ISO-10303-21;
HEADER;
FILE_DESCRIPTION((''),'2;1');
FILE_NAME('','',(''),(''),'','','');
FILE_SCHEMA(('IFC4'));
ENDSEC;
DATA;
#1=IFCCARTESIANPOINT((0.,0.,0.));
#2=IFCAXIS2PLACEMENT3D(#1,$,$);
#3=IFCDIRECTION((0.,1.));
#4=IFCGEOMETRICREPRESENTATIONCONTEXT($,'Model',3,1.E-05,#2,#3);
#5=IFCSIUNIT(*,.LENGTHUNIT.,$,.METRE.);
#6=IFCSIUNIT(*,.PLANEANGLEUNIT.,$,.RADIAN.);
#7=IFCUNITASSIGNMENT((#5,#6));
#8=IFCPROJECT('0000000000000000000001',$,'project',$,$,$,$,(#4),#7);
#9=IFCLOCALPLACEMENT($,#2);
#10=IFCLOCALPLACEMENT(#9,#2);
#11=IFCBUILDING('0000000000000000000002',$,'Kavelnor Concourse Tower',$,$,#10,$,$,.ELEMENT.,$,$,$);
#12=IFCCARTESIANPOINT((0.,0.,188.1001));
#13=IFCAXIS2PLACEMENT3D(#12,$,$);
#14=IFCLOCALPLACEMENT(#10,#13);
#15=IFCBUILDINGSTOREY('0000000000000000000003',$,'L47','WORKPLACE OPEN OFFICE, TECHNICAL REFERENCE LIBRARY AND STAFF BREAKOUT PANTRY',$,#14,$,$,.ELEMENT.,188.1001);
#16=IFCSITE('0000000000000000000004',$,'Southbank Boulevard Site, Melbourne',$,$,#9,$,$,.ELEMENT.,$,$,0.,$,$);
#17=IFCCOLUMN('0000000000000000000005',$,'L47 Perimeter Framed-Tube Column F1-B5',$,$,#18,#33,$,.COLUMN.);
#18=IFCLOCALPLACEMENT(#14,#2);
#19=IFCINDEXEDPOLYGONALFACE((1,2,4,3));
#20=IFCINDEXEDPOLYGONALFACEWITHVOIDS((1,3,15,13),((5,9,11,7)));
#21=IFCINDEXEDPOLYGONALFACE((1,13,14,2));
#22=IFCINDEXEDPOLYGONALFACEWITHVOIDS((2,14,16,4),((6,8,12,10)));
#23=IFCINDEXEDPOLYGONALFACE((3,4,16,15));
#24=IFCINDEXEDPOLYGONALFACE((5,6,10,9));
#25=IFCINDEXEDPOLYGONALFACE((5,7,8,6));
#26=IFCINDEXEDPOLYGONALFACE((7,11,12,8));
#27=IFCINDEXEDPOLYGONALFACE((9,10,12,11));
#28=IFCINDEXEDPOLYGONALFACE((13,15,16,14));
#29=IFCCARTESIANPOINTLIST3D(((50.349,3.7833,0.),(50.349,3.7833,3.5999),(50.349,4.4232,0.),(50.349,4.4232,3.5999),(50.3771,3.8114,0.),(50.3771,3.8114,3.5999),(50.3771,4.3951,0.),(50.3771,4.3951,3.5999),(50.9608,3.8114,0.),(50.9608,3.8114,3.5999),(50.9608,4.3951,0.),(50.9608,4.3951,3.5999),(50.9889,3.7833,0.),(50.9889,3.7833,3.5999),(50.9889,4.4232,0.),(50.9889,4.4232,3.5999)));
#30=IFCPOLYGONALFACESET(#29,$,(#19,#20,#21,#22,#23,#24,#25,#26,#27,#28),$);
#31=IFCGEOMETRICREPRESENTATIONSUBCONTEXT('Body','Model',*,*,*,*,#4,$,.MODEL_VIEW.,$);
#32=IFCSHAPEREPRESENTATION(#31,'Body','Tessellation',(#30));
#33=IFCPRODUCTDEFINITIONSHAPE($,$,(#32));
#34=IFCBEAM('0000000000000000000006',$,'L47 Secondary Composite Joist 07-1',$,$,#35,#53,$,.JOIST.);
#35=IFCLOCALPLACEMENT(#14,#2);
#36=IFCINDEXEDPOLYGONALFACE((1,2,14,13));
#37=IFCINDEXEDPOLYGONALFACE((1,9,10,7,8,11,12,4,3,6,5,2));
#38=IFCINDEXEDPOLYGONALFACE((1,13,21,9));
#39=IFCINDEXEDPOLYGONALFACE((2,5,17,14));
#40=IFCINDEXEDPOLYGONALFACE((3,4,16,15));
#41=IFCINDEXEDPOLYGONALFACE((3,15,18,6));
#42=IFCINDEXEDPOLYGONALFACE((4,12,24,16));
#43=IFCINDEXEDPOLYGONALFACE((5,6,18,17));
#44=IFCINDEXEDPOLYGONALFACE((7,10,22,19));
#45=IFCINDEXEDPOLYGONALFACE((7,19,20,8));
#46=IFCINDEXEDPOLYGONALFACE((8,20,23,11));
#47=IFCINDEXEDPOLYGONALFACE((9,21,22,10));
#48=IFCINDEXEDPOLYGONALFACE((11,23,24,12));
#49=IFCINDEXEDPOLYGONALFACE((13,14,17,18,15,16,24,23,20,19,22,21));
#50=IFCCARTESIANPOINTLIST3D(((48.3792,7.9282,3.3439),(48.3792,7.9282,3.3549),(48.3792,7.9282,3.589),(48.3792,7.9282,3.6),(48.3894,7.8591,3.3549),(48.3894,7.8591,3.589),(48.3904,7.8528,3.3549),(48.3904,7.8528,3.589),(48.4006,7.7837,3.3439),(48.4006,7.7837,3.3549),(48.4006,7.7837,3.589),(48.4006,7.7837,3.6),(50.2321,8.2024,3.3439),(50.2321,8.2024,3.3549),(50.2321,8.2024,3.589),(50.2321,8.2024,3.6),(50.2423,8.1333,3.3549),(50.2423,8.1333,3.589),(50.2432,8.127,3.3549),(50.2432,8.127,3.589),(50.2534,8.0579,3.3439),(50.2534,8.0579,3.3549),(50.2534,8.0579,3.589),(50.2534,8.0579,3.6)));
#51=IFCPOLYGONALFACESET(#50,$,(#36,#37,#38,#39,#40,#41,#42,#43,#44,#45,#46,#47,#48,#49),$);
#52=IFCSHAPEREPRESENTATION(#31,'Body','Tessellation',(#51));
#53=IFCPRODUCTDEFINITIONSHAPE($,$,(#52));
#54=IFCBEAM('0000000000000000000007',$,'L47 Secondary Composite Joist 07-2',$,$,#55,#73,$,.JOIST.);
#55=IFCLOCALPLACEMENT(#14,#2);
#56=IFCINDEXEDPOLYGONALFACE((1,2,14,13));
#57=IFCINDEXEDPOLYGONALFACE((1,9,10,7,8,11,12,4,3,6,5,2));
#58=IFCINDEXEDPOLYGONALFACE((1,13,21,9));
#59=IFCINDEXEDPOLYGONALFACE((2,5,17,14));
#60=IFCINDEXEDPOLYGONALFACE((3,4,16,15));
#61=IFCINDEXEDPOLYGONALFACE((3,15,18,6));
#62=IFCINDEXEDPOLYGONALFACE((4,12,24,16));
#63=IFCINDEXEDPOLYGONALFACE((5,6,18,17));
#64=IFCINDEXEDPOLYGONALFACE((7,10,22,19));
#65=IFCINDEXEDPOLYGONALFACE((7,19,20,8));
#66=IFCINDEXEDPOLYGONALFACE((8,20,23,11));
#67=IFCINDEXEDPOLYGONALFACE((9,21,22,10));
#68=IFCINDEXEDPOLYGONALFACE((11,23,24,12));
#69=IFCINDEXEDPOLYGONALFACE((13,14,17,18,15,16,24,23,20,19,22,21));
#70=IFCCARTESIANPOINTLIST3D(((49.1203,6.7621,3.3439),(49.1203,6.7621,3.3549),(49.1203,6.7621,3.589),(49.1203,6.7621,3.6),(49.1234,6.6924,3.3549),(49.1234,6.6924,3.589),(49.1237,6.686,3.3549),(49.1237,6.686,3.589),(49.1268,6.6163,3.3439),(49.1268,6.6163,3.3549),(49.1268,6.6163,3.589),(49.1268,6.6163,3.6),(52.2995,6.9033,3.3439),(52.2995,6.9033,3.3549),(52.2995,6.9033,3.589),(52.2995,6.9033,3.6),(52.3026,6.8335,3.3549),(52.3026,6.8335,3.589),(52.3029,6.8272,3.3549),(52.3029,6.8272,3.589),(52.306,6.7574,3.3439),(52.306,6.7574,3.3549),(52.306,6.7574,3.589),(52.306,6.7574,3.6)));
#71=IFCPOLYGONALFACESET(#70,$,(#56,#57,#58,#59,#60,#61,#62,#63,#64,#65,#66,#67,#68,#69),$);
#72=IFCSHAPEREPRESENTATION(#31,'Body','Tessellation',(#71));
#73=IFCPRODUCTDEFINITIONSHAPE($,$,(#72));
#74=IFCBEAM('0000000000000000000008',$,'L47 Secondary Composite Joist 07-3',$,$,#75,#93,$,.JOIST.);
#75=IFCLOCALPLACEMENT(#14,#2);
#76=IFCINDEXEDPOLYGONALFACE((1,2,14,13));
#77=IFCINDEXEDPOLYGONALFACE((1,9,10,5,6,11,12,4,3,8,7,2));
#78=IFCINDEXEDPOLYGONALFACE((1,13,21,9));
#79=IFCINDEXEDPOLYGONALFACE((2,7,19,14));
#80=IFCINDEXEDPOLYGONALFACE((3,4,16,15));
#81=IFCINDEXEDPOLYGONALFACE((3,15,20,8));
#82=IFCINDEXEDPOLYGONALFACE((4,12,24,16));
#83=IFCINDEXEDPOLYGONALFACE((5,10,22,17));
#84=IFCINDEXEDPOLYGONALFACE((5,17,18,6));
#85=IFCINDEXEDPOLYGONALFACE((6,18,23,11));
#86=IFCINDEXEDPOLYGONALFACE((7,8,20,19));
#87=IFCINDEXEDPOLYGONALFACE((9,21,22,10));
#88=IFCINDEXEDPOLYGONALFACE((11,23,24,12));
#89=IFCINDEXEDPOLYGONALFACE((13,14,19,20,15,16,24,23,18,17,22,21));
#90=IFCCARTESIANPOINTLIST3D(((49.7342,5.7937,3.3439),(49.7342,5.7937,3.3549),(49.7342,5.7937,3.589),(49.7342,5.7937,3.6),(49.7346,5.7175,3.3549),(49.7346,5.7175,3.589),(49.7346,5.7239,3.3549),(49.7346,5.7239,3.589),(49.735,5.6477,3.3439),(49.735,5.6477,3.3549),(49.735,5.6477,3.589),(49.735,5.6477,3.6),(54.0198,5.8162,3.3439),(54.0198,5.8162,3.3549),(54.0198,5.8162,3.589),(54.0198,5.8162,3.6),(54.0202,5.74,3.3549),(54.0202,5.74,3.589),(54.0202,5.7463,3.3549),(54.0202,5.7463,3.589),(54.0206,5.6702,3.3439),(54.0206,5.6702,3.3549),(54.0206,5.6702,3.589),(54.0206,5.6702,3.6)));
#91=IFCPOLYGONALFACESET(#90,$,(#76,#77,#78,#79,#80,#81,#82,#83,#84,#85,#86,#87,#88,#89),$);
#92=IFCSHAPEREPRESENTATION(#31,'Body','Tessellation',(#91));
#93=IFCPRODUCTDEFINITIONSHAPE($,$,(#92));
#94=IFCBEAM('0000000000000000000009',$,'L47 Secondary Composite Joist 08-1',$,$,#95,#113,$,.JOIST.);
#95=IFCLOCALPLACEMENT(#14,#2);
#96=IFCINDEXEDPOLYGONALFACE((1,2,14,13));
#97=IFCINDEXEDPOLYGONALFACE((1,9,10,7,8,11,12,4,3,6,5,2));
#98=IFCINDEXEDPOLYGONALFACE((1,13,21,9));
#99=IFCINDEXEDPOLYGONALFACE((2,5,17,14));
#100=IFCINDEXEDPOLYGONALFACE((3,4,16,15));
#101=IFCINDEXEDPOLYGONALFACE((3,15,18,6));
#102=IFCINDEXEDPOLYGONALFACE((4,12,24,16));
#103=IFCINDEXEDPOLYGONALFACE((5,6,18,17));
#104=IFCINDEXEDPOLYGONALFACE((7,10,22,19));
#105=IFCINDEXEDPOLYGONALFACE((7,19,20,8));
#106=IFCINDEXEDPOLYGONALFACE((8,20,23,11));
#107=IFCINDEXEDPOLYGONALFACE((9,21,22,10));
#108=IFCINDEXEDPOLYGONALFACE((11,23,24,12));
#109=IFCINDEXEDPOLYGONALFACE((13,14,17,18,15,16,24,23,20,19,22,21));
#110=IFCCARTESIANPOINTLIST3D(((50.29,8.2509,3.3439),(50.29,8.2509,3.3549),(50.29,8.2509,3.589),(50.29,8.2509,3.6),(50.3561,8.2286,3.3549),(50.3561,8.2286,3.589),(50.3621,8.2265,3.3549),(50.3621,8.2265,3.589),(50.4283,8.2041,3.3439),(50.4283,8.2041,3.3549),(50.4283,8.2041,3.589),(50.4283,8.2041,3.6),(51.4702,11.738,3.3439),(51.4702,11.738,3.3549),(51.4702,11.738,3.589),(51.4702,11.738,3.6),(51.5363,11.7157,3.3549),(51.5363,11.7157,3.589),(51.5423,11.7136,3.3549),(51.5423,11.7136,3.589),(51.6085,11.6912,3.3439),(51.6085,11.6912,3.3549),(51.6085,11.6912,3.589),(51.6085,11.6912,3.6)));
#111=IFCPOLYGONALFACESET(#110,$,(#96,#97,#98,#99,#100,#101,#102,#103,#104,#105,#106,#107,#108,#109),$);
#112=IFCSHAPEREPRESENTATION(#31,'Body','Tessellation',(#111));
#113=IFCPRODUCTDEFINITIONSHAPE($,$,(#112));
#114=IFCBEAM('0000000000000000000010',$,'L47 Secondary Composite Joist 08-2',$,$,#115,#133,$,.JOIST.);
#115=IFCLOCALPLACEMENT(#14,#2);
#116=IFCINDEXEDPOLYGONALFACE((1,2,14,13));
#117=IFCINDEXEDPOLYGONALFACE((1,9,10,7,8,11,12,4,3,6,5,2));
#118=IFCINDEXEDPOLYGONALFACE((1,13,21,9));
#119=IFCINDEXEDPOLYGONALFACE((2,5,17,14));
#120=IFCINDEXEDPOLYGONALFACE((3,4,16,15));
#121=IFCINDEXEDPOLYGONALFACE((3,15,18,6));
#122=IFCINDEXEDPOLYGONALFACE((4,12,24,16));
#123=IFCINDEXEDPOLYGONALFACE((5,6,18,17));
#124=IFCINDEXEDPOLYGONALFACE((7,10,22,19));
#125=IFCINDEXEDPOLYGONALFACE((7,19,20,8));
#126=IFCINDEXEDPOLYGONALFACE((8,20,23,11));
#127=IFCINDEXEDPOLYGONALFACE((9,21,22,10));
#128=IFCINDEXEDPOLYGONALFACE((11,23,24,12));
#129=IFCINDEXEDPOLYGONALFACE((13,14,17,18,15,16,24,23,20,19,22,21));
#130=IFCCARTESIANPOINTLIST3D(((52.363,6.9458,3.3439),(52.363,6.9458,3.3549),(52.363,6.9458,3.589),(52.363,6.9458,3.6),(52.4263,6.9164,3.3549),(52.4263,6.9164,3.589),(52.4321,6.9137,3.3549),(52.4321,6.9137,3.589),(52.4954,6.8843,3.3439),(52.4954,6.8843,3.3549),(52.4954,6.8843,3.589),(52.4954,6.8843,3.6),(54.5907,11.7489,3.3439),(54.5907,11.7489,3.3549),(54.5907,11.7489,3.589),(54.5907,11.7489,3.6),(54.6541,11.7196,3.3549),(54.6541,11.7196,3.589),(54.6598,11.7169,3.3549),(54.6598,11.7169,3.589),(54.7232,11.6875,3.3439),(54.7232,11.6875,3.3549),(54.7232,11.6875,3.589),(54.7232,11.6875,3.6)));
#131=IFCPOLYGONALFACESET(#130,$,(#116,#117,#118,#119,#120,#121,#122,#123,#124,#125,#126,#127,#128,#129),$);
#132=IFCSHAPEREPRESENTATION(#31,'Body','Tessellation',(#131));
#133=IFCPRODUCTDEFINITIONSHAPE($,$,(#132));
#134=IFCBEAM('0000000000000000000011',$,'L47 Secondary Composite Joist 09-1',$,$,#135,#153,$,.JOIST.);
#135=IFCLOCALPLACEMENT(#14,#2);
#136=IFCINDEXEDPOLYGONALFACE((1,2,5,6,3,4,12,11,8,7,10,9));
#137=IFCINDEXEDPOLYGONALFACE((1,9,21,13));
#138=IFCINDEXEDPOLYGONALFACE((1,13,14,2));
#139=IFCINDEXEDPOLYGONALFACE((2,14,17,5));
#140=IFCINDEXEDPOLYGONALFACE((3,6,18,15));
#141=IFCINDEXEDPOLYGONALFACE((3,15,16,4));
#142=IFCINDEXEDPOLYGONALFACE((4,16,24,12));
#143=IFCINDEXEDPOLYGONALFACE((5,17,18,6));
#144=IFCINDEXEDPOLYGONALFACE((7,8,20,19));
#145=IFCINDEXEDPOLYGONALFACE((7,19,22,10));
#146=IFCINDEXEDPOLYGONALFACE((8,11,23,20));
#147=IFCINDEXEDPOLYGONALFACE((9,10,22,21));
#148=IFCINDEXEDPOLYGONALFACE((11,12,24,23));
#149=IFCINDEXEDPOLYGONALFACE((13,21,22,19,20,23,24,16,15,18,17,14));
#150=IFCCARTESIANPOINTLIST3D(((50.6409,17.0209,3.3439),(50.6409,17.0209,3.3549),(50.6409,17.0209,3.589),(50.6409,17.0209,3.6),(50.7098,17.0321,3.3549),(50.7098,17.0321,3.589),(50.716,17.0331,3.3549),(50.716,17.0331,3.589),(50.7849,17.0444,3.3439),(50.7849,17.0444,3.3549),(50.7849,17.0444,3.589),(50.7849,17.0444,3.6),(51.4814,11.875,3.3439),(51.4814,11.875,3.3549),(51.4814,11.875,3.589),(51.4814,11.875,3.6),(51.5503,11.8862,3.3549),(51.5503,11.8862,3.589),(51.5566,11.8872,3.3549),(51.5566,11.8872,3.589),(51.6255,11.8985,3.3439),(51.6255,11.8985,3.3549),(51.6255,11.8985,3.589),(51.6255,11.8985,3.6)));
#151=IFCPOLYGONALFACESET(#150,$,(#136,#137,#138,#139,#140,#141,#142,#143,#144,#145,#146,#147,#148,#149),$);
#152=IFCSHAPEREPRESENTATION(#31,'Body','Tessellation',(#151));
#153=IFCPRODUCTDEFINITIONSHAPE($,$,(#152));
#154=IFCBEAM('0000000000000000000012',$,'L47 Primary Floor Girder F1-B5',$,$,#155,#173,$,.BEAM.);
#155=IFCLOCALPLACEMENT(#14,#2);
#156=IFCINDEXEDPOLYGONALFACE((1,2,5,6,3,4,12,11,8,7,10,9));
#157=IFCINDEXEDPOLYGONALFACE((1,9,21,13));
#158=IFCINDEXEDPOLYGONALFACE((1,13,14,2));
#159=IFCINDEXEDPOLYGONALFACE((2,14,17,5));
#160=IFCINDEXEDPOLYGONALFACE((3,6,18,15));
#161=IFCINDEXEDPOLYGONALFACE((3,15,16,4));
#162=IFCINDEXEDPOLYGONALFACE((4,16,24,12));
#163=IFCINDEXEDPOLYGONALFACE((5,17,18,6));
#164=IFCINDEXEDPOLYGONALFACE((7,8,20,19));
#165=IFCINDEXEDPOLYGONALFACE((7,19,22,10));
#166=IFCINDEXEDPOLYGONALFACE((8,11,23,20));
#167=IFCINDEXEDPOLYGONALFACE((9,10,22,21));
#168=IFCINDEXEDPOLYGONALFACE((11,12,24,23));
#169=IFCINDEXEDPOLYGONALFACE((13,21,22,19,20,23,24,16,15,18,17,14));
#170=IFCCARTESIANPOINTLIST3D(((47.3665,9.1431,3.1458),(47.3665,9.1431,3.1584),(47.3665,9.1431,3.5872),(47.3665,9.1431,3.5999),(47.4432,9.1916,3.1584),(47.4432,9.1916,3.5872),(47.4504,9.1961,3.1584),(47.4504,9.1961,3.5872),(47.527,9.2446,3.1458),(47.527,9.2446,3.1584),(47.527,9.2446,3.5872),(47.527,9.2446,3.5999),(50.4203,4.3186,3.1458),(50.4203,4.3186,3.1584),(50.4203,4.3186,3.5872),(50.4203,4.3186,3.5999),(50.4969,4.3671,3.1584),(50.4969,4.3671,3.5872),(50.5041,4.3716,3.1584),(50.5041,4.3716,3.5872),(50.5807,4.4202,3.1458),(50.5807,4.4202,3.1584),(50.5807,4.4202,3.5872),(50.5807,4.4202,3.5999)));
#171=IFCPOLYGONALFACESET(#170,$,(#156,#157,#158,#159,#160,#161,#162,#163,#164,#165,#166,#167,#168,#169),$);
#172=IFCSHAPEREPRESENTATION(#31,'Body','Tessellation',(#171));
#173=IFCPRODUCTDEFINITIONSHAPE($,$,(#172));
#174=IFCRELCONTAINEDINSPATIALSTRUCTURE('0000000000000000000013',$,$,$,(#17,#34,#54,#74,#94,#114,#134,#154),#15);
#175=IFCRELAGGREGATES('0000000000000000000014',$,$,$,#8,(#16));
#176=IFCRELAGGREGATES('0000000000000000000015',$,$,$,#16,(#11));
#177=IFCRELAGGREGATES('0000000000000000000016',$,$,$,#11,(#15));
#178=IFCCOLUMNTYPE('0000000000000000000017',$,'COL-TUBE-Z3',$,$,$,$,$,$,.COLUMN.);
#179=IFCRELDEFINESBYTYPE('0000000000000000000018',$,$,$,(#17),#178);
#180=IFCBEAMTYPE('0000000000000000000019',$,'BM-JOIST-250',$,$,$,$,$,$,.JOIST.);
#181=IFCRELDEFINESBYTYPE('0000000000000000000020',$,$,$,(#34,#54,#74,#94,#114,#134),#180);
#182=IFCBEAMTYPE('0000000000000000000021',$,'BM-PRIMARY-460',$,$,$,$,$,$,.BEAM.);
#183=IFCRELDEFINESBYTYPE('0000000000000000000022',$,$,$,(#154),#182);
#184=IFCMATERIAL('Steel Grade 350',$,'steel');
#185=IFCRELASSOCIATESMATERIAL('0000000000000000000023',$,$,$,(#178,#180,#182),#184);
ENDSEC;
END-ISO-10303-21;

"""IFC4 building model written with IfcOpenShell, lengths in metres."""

from ifc_helpers import new_model, si_unit, direction, frame, origin, origin_2d, place, context, subcontext, project, spatial, hollow_rectangle, i_section, extrude, material, material_profile, profile_set, type_object, element, save


model = new_model("IFC4")

# Units and contexts
model_context = context("Model", 3, precision=1e-05, world=origin(), true_north=direction((0.0, 1.0)))
body_context = subcontext(model_context, "Body", "Model", "MODEL_VIEW")
ifc_project = project(units=[si_unit("LENGTHUNIT", "METRE"), si_unit("PLANEANGLEUNIT", "RADIAN")], contexts=[model_context])

# Site, building, storey
site_placement = place(None, origin())
site = spatial("IfcSite", under=ifc_project, at=site_placement, Name="Southbank Boulevard Site, Melbourne", CompositionType="ELEMENT", RefElevation=0.0)
building_placement = place(site_placement, origin())
building = spatial("IfcBuilding", under=site, at=building_placement, Name="Kavelnor Concourse Tower", CompositionType="ELEMENT")
storey_placement = place(building_placement, frame((0.0, 0.0, 188.1001)))
storey = spatial("IfcBuildingStorey", under=building, at=storey_placement, Name="L47", Description="WORKPLACE OPEN OFFICE, TECHNICAL REFERENCE LIBRARY AND STAFF BREAKOUT PANTRY", CompositionType="ELEMENT", Elevation=188.1001)

# Column
ifc_material_1 = material(Name="Steel Grade 350", Category="steel")
ifc_material_profile_1 = material_profile(ifc_material_1, hollow_rectangle(XDim=0.6399, YDim=0.6399, WallThickness=0.0281, at=origin_2d()), Name="SHS 640x640x28")
ifc_profile_set_1 = profile_set([ifc_material_profile_1], Name="Steel Grade 350")
column_type = type_object("IfcColumnType", Name="COL-TUBE-Z3", PredefinedType="COLUMN", material=ifc_profile_set_1)
column_placement = place(storey_placement, frame((50.6689, 4.1033, 0.0), z_axis=(0.0, 0.0, 1.0), x_axis=(1.0, 0.0, 0.0)))
element("IfcColumn", 1, at=column_placement, inside=storey, type_object=column_type, Name="L47 Perimeter Framed-Tube Column F1-B5", PredefinedType="COLUMN", context=body_context, shape_type="SweptSolid", body=[
    extrude(hollow_rectangle(XDim=0.6399, YDim=0.6399, WallThickness=0.0281, at=origin_2d()), origin(), (0.0, 0.0, 1.0), 3.5999),
])

# Beams
ifc_material_profile_2 = material_profile(ifc_material_1, i_section(OverallWidth=0.146, OverallDepth=0.2561, WebThickness=0.0063, FlangeThickness=0.011, at=origin_2d()), Name="250UB37")
ifc_profile_set_2 = profile_set([ifc_material_profile_2], Name="Steel Grade 350")
beam_type_1 = type_object("IfcBeamType", Name="BM-JOIST-250", PredefinedType="JOIST", material=ifc_profile_set_2)
beam_1_placement = place(storey_placement, frame((48.3899, 7.856, 3.4719), z_axis=(0.989228, 0.146383, 0.0), x_axis=(-0.146383, 0.989228, 0.0)))
element("IfcBeam", 2, at=beam_1_placement, inside=storey, type_object=beam_type_1, Name="L47 Secondary Composite Joist 07-1", PredefinedType="JOIST", context=body_context, shape_type="SweptSolid", body=[
    extrude(i_section(OverallWidth=0.146, OverallDepth=0.2561, WebThickness=0.0063, FlangeThickness=0.011, at=origin_2d()), origin(), (0.0, 0.0, 1.0), 1.873),
])
beam_2_placement = place(storey_placement, frame((49.1235, 6.6892, 3.4719), z_axis=(0.999016, 0.044343, 0.0), x_axis=(-0.044343, 0.999016, 0.0)))
element("IfcBeam", 3, at=beam_2_placement, inside=storey, type_object=beam_type_1, Name="L47 Secondary Composite Joist 07-2", PredefinedType="JOIST", context=body_context, shape_type="SweptSolid", body=[
    extrude(i_section(OverallWidth=0.146, OverallDepth=0.2561, WebThickness=0.0063, FlangeThickness=0.011, at=origin_2d()), origin(), (0.0, 0.0, 1.0), 3.1824),
])
beam_3_placement = place(storey_placement, frame((49.7346, 5.7207, 3.4719), z_axis=(0.999986, 0.005241, 0.0), x_axis=(-0.005241, 0.999986, 0.0)))
element("IfcBeam", 4, at=beam_3_placement, inside=storey, type_object=beam_type_1, Name="L47 Secondary Composite Joist 07-3", PredefinedType="JOIST", context=body_context, shape_type="SweptSolid", body=[
    extrude(i_section(OverallWidth=0.146, OverallDepth=0.2561, WebThickness=0.0063, FlangeThickness=0.011, at=origin_2d()), origin(), (0.0, 0.0, 1.0), 4.2856),
])
beam_4_placement = place(storey_placement, frame((50.3591, 8.2275, 3.4719), z_axis=(0.320582, 0.947221, 0.0), x_axis=(-0.947221, 0.320582, 0.0)))
element("IfcBeam", 5, at=beam_4_placement, inside=storey, type_object=beam_type_1, Name="L47 Secondary Composite Joist 08-1", PredefinedType="JOIST", context=body_context, shape_type="SweptSolid", body=[
    extrude(i_section(OverallWidth=0.146, OverallDepth=0.2561, WebThickness=0.0063, FlangeThickness=0.011, at=origin_2d()), origin(), (0.0, 0.0, 1.0), 3.6814),
])
beam_5_placement = place(storey_placement, frame((52.4292, 6.915, 3.4719), z_axis=(0.420756, 0.907174, 0.0), x_axis=(-0.907174, 0.420756, 0.0)))
element("IfcBeam", 6, at=beam_5_placement, inside=storey, type_object=beam_type_1, Name="L47 Secondary Composite Joist 08-2", PredefinedType="JOIST", context=body_context, shape_type="SweptSolid", body=[
    extrude(i_section(OverallWidth=0.146, OverallDepth=0.2561, WebThickness=0.0063, FlangeThickness=0.011, at=origin_2d()), origin(), (0.0, 0.0, 1.0), 5.2947),
])
beam_6_placement = place(storey_placement, frame((51.5535, 11.8867, 3.4719), z_axis=(-0.161209, 0.98692, 0.0), x_axis=(-0.98692, -0.161209, 0.0)))
element("IfcBeam", 7, at=beam_6_placement, inside=storey, type_object=beam_type_1, Name="L47 Secondary Composite Joist 09-1", PredefinedType="JOIST", context=body_context, shape_type="SweptSolid", body=[
    extrude(i_section(OverallWidth=0.146, OverallDepth=0.2561, WebThickness=0.0063, FlangeThickness=0.011, at=origin_2d()), origin(), (0.0, 0.0, 1.0), 5.2141),
])
ifc_material_profile_3 = material_profile(ifc_material_1, i_section(OverallWidth=0.1899, OverallDepth=0.4541, WebThickness=0.0085, FlangeThickness=0.0127, at=origin_2d()), Name="460UB67")
ifc_profile_set_3 = profile_set([ifc_material_profile_3], Name="Steel Grade 350")
beam_type_2 = type_object("IfcBeamType", Name="BM-PRIMARY-460", PredefinedType="BEAM", material=ifc_profile_set_3)
beam_7_placement = place(storey_placement, frame((47.4468, 9.1938, 3.3728), z_axis=(0.534829, -0.84496, 0.0), x_axis=(0.84496, 0.534829, 0.0)))
element("IfcBeam", 8, at=beam_7_placement, inside=storey, type_object=beam_type_2, Name="L47 Primary Floor Girder F1-B5", PredefinedType="BEAM", context=body_context, shape_type="SweptSolid", body=[
    extrude(i_section(OverallWidth=0.1899, OverallDepth=0.4541, WebThickness=0.0085, FlangeThickness=0.0127, at=origin_2d()), origin(), (0.0, 0.0, 1.0), 5.7097),
])

save(model, "model.ifc")
